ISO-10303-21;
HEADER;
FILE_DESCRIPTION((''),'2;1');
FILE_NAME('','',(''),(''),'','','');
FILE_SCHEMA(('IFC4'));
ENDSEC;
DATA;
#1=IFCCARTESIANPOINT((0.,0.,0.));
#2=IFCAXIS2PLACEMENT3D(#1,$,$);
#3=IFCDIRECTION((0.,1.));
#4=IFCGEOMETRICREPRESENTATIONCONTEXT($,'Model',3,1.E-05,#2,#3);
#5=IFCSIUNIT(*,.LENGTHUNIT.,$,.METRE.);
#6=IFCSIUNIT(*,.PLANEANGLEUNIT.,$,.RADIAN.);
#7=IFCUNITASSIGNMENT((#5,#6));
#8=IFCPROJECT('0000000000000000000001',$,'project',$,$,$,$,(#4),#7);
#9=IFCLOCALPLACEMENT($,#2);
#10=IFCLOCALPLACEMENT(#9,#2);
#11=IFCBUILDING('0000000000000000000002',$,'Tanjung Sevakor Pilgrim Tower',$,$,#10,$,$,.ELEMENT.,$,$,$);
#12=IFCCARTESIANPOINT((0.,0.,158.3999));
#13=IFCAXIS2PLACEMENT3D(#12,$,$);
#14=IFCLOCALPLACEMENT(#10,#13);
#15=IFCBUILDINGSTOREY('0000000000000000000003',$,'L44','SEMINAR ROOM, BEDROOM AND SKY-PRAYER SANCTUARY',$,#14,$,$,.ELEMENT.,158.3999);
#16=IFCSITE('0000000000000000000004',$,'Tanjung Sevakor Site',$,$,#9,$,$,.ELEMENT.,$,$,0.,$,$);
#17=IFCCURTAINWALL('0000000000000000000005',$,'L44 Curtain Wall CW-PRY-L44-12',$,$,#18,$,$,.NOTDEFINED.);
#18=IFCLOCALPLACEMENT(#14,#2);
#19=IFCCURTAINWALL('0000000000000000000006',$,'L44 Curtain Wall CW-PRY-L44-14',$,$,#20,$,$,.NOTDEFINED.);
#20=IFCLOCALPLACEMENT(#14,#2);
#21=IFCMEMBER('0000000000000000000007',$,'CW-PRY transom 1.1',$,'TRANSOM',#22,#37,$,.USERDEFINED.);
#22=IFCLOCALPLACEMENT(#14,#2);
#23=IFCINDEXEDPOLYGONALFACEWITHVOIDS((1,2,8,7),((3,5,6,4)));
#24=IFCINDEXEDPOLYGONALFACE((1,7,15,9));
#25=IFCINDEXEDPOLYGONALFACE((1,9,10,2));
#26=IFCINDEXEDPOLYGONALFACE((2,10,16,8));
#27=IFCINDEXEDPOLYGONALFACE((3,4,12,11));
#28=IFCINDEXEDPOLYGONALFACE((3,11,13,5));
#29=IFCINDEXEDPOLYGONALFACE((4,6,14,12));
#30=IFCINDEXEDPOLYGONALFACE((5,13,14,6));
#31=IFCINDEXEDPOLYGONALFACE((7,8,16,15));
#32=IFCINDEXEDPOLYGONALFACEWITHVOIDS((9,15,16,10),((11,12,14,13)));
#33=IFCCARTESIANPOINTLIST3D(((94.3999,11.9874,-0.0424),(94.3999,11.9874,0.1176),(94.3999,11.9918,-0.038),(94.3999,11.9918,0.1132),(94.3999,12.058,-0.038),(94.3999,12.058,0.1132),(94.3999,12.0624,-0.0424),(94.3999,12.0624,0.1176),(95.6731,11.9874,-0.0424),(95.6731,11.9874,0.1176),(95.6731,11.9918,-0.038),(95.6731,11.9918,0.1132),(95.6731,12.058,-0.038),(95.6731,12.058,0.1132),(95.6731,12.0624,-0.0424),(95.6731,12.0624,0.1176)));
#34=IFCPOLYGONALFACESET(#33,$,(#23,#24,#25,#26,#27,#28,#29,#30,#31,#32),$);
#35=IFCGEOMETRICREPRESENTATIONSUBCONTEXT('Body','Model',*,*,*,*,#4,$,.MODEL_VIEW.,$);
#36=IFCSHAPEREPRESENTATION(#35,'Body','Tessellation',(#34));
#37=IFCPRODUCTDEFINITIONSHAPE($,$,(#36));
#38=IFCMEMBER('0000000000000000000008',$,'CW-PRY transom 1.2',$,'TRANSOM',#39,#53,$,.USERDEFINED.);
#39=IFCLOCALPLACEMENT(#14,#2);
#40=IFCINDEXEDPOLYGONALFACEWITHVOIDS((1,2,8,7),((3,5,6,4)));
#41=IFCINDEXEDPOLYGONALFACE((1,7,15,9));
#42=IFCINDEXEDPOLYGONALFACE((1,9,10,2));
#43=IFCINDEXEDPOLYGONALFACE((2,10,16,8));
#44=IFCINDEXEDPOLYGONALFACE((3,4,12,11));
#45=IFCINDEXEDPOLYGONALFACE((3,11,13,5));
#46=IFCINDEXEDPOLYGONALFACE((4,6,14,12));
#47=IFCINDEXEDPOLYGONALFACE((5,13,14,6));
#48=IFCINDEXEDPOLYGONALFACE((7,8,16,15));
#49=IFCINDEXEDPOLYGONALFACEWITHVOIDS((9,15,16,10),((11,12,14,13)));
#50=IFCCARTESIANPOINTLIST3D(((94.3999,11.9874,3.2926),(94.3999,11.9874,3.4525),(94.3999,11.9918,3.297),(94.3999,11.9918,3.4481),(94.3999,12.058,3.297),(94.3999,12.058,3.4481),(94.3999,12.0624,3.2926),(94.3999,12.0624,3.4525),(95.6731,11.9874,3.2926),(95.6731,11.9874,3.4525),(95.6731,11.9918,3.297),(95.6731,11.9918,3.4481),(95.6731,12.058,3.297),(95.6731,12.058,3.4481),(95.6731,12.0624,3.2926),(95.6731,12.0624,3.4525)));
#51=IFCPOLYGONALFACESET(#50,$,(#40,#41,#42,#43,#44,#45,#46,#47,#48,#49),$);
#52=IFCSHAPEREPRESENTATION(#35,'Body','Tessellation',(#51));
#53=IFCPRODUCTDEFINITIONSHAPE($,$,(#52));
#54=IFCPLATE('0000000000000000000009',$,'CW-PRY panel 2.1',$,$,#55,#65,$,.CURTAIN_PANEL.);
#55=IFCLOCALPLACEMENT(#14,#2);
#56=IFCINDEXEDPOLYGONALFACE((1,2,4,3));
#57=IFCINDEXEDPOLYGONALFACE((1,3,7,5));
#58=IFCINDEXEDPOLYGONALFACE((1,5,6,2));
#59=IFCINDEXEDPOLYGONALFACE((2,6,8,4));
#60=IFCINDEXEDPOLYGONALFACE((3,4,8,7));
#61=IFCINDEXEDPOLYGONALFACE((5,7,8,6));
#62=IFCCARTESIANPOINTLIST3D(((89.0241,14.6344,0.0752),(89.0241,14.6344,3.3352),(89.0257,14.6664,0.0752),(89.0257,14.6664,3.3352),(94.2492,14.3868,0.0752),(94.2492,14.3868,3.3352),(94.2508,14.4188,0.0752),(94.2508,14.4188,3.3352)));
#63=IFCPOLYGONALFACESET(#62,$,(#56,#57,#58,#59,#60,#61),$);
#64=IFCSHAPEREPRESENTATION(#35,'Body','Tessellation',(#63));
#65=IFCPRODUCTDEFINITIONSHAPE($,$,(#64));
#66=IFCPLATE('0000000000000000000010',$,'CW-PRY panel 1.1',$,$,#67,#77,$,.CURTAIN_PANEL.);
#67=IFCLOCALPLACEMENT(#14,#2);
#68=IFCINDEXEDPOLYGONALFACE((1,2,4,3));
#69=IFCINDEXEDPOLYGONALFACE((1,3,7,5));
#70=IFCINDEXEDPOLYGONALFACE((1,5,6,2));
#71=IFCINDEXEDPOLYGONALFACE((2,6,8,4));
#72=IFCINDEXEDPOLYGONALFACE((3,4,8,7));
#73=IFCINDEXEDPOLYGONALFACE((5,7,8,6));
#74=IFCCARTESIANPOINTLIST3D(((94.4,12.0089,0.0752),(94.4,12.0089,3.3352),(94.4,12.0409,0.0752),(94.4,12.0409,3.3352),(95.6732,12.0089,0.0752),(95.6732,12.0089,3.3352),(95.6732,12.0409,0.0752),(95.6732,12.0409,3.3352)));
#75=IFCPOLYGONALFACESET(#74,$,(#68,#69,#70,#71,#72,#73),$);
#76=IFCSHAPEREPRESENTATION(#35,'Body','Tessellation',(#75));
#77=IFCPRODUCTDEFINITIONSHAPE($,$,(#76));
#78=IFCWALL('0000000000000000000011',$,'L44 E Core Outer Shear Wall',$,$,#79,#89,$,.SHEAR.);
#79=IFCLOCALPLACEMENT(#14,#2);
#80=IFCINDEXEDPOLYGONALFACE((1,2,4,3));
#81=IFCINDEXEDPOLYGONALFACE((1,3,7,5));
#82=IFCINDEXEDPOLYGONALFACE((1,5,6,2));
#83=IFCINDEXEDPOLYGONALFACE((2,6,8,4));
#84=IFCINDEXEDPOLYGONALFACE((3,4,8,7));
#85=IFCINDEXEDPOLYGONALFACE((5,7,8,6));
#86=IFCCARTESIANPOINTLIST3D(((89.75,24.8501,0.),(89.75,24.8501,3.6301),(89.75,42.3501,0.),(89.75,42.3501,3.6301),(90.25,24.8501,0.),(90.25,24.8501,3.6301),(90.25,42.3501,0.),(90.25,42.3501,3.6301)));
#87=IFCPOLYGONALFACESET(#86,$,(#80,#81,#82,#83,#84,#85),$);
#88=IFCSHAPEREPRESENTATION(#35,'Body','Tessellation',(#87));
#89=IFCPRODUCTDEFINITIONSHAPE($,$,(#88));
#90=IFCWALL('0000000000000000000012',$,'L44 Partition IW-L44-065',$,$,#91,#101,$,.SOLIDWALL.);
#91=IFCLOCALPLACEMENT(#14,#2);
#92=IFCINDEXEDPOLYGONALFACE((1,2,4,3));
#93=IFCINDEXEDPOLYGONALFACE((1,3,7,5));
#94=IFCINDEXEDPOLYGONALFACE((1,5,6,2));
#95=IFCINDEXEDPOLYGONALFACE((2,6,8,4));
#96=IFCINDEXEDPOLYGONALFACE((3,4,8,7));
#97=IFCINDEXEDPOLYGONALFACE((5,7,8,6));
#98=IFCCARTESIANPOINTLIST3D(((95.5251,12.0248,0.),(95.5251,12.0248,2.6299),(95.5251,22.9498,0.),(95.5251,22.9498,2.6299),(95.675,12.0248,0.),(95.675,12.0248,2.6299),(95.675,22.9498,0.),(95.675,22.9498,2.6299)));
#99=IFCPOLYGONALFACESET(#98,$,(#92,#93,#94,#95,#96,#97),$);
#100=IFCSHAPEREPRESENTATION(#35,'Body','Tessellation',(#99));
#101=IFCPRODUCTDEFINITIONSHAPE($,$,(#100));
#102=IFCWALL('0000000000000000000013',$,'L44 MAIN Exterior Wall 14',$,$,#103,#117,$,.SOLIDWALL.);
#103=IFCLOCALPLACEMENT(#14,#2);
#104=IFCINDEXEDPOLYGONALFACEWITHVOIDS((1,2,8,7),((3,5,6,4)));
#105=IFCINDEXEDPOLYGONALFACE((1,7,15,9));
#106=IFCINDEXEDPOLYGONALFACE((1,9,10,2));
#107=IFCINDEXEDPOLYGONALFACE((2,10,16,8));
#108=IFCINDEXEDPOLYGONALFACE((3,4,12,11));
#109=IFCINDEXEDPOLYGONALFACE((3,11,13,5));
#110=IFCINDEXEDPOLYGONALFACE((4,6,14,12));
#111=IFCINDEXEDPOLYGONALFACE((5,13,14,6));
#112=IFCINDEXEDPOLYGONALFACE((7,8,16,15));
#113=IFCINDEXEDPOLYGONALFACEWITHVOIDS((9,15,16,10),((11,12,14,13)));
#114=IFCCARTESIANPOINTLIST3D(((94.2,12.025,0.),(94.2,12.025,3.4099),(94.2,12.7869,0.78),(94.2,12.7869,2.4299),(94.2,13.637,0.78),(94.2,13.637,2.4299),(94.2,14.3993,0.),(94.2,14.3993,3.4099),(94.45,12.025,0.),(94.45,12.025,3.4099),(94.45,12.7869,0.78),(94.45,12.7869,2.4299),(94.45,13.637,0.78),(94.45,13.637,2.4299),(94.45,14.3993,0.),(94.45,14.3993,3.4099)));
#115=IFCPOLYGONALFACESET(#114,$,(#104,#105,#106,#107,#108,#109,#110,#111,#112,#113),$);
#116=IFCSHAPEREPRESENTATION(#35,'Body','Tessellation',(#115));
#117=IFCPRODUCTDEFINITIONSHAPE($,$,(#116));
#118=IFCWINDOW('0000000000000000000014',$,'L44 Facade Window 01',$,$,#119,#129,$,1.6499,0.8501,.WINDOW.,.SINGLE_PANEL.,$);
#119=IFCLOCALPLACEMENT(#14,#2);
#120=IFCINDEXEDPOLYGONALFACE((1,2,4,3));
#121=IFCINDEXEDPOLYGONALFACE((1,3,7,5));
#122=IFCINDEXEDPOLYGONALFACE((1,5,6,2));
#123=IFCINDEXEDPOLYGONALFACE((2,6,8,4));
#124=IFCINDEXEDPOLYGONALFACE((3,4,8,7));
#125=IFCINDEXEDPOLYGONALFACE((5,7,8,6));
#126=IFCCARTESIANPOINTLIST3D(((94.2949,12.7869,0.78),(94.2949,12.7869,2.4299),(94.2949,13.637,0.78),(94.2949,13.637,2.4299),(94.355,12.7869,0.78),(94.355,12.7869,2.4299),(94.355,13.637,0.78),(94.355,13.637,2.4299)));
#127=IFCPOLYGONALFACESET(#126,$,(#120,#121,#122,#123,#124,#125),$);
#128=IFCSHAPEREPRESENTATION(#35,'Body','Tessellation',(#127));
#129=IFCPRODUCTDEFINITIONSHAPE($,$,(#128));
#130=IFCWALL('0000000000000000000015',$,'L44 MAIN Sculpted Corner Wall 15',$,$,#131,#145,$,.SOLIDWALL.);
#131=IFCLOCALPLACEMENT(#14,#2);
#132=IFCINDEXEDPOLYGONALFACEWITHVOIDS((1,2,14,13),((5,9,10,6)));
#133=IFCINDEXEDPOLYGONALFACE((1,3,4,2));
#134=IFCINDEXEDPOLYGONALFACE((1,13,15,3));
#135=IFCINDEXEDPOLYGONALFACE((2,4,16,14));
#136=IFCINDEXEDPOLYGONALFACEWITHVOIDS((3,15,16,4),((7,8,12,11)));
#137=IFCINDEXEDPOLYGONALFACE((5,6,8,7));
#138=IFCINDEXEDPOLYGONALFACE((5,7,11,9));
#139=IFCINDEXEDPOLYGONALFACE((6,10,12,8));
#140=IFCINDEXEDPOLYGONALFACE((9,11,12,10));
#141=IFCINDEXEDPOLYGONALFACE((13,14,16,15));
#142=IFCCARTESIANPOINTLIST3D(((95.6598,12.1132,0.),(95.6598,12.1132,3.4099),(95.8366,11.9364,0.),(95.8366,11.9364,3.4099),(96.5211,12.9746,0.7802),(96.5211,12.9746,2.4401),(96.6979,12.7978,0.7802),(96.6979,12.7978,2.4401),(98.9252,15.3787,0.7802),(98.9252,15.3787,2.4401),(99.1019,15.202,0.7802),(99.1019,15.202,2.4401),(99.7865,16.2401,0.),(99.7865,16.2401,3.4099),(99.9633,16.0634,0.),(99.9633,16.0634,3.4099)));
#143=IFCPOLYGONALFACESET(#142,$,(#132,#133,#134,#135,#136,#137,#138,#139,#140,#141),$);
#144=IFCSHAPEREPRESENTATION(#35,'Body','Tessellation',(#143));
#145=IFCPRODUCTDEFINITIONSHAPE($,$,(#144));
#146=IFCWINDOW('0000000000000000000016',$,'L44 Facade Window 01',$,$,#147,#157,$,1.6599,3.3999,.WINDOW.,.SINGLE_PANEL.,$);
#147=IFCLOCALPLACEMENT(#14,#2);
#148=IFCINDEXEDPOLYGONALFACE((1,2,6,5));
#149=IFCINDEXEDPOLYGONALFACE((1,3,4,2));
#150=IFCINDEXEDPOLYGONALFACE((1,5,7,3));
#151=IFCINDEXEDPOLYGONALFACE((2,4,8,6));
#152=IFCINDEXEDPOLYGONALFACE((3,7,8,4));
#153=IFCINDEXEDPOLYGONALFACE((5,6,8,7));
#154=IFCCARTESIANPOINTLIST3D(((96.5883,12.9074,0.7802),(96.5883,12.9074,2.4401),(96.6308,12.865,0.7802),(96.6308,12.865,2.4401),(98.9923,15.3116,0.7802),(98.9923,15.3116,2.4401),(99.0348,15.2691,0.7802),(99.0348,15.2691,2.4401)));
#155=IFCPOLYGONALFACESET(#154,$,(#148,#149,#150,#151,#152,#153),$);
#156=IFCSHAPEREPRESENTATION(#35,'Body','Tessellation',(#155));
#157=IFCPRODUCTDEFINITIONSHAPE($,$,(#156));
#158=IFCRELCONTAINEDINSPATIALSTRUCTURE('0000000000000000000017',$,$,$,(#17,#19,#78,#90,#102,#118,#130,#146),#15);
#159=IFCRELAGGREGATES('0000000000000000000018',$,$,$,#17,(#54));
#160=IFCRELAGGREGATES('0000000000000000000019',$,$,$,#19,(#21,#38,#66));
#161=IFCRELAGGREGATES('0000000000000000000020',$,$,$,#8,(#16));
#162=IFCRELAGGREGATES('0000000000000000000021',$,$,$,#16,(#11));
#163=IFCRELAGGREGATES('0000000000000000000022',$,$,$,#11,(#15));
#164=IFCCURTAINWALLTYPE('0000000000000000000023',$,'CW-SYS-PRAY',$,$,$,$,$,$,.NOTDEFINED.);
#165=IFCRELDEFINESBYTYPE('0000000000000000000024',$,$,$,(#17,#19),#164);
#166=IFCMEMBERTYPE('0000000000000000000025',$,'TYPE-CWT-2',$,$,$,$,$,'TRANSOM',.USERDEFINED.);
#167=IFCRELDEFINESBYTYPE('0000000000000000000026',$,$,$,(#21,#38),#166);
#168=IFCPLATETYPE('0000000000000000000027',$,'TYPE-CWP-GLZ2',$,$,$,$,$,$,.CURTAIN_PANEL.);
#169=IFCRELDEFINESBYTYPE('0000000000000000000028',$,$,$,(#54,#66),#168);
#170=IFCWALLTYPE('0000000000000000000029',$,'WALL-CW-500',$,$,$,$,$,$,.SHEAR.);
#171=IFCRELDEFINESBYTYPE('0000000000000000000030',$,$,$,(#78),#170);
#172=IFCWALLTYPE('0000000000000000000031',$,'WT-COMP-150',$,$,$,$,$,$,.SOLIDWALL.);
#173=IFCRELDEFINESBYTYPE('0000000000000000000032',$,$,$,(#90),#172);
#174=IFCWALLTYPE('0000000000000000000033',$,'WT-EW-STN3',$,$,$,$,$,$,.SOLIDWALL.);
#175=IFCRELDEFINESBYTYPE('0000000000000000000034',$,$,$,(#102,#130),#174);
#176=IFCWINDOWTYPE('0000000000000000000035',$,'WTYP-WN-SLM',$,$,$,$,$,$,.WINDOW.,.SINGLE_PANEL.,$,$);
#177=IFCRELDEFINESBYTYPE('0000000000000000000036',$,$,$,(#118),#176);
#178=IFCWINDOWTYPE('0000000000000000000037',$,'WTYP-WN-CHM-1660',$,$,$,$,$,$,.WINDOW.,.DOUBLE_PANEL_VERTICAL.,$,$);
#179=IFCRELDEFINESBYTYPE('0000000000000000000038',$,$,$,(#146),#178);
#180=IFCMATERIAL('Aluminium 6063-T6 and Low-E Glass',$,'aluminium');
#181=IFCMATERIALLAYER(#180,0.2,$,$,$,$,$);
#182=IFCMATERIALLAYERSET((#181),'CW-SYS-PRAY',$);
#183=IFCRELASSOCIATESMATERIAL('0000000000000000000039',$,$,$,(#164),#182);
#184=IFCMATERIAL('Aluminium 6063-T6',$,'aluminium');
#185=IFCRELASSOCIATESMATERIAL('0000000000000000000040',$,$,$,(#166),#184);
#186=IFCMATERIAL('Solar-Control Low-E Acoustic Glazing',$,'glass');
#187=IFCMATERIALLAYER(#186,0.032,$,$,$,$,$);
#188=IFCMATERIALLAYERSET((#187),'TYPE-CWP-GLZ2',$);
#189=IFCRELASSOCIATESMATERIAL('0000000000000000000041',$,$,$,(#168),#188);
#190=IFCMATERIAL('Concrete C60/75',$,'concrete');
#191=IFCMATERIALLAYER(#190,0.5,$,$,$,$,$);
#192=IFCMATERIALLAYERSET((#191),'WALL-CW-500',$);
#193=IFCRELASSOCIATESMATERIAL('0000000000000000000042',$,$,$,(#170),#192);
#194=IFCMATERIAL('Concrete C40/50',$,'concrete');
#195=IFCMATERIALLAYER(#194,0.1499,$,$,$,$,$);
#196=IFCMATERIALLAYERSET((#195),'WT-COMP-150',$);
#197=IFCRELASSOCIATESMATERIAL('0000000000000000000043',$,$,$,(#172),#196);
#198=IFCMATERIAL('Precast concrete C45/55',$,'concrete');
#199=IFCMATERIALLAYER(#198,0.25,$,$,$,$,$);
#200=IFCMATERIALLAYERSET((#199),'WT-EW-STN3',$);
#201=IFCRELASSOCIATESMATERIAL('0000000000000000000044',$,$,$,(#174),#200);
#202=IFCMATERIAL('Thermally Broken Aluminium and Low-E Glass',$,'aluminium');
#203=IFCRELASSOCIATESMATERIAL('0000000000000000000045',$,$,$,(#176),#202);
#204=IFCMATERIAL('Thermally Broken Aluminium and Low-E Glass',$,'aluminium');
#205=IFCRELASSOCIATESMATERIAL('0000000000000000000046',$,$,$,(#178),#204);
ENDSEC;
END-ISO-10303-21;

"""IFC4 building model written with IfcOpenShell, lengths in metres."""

from ifc_helpers import new_model, si_unit, direction, frame, frame_2d, origin, origin_2d, place, context, subcontext, project, spatial, rectangle, hollow_rectangle, extrude, material, layer, layer_set, material_profile, profile_set, type_object, element, fill, aggregate, save


model = new_model("IFC4")

# Units and contexts
model_context = context("Model", 3, precision=1e-05, world=origin(), true_north=direction((0.0, 1.0)))
body_context = subcontext(model_context, "Body", "Model", "MODEL_VIEW")
ifc_project = project(units=[si_unit("LENGTHUNIT", "METRE"), si_unit("PLANEANGLEUNIT", "RADIAN")], contexts=[model_context])

# Site, building, storey
site_placement = place(None, origin())
site = spatial("IfcSite", under=ifc_project, at=site_placement, Name="Tanjung Sevakor Site", CompositionType="ELEMENT", RefElevation=0.0)
building_placement = place(site_placement, origin())
building = spatial("IfcBuilding", under=site, at=building_placement, Name="Tanjung Sevakor Pilgrim Tower", CompositionType="ELEMENT")
storey_placement = place(building_placement, frame((0.0, 0.0, 158.3999)))
storey = spatial("IfcBuildingStorey", under=building, at=storey_placement, Name="L44", Description="SEMINAR ROOM, BEDROOM AND SKY-PRAYER SANCTUARY", CompositionType="ELEMENT", Elevation=158.3999)

# Curtain walls
ifc_material_1 = material(Name="Aluminium 6063-T6 and Low-E Glass", Category="aluminium")
ifc_layer_1 = layer(ifc_material_1, 0.2)
ifc_layer_set_1 = layer_set([ifc_layer_1], Name="CW-SYS-PRAY")
curtain_wall_type = type_object("IfcCurtainWallType", Name="CW-SYS-PRAY", PredefinedType="NOTDEFINED", material=ifc_layer_set_1)
curtain_wall_1_placement = place(storey_placement, origin())
curtain_wall_1 = element("IfcCurtainWall", 1, at=curtain_wall_1_placement, inside=storey, type_object=curtain_wall_type, Name="L44 Curtain Wall CW-PRY-L44-12", PredefinedType="NOTDEFINED")
curtain_wall_2_placement = place(storey_placement, origin())
curtain_wall_2 = element("IfcCurtainWall", 2, at=curtain_wall_2_placement, inside=storey, type_object=curtain_wall_type, Name="L44 Curtain Wall CW-PRY-L44-14", PredefinedType="NOTDEFINED")

# Members
ifc_material_2 = material(Name="Aluminium 6063-T6", Category="aluminium")
ifc_material_profile_1 = material_profile(ifc_material_2, hollow_rectangle(XDim=0.075, YDim=0.1599, WallThickness=0.0044, at=origin_2d()))
ifc_profile_set_1 = profile_set([ifc_material_profile_1], Name="Aluminium 6063-T6")
member_type_1 = type_object("IfcMemberType", Name="TYPE-CWT-2", ElementType="TRANSOM", PredefinedType="USERDEFINED", material=ifc_profile_set_1)
member_1_placement = place(storey_placement, frame((94.3999, 12.0249, 0.0376), z_axis=(1.0, 0.0, 0.0), x_axis=(0.0, 1.0, 0.0)))
member_1 = element("IfcMember", 3, at=member_1_placement, type_object=member_type_1, Name="CW-PRY transom 1.1", ObjectType="TRANSOM", PredefinedType="USERDEFINED", context=body_context, shape_type="SweptSolid", body=[
    extrude(hollow_rectangle(XDim=0.075, YDim=0.1599, WallThickness=0.0044, at=origin_2d()), origin(), (0.0, 0.0, 1.0), 1.2732),
])
member_2_placement = place(storey_placement, frame((94.3999, 12.0249, 3.3726), z_axis=(1.0, 0.0, 0.0), x_axis=(0.0, 1.0, 0.0)))
member_2 = element("IfcMember", 4, at=member_2_placement, type_object=member_type_1, Name="CW-PRY transom 1.2", ObjectType="TRANSOM", PredefinedType="USERDEFINED", context=body_context, shape_type="SweptSolid", body=[
    extrude(hollow_rectangle(XDim=0.075, YDim=0.1599, WallThickness=0.0044, at=origin_2d()), origin(), (0.0, 0.0, 1.0), 1.2732),
])

# Plates
ifc_material_3 = material(Name="Solar-Control Low-E Acoustic Glazing", Category="glass")
ifc_layer_2 = layer(ifc_material_3, 0.032)
ifc_layer_set_2 = layer_set([ifc_layer_2], Name="TYPE-CWP-GLZ2")
plate_type = type_object("IfcPlateType", Name="TYPE-CWP-GLZ2", PredefinedType="CURTAIN_PANEL", material=ifc_layer_set_2)
plate_1_placement = place(storey_placement, frame((91.6375, 14.5266, 0.0752), z_axis=(0.0, 0.0, 1.0), x_axis=(0.998879, -0.047338, 0.0)))
plate_1 = element("IfcPlate", 5, at=plate_1_placement, type_object=plate_type, Name="CW-PRY panel 2.1", PredefinedType="CURTAIN_PANEL", context=body_context, shape_type="SweptSolid", body=[
    extrude(rectangle(XDim=5.231, YDim=0.032, at=origin_2d()), origin(), (0.0, 0.0, 1.0), 3.26),
])
aggregate(curtain_wall_1, [plate_1])
plate_2_placement = place(storey_placement, frame((95.0366, 12.0249, 0.0752), z_axis=(0.0, 0.0, 1.0), x_axis=(1.0, 0.0, 0.0)))
plate_2 = element("IfcPlate", 6, at=plate_2_placement, type_object=plate_type, Name="CW-PRY panel 1.1", PredefinedType="CURTAIN_PANEL", context=body_context, shape_type="SweptSolid", body=[
    extrude(rectangle(XDim=1.2732, YDim=0.032, at=origin_2d()), origin(), (0.0, 0.0, 1.0), 3.26),
])
aggregate(curtain_wall_2, [member_1, member_2, plate_2])

# Walls
ifc_material_4 = material(Name="Concrete C60/75", Category="concrete")
ifc_layer_3 = layer(ifc_material_4, 0.5)
ifc_layer_set_3 = layer_set([ifc_layer_3], Name="WALL-CW-500")
wall_type_1 = type_object("IfcWallType", Name="WALL-CW-500", PredefinedType="SHEAR", material=ifc_layer_set_3)
wall_1_placement = place(storey_placement, frame((90.0, 24.8501, 0.0), z_axis=(0.0, 0.0, 1.0), x_axis=(0.0, 1.0, 0.0)))
element("IfcWall", 7, at=wall_1_placement, inside=storey, type_object=wall_type_1, Name="L44 E Core Outer Shear Wall", PredefinedType="SHEAR", context=body_context, shape_type="SweptSolid", body=[
    extrude(rectangle(XDim=17.5, YDim=0.5, at=frame_2d((8.75, 0.0))), origin(), (0.0, 0.0, 1.0), 3.6301),
])
ifc_material_5 = material(Name="Concrete C40/50", Category="concrete")
ifc_layer_4 = layer(ifc_material_5, 0.1499)
ifc_layer_set_4 = layer_set([ifc_layer_4], Name="WT-COMP-150")
wall_type_2 = type_object("IfcWallType", Name="WT-COMP-150", PredefinedType="SOLIDWALL", material=ifc_layer_set_4)
wall_2_placement = place(storey_placement, frame((95.6001, 12.0249, 0.0), z_axis=(0.0, 0.0, 1.0), x_axis=(0.0, 1.0, 0.0)))
element("IfcWall", 8, at=wall_2_placement, inside=storey, type_object=wall_type_2, Name="L44 Partition IW-L44-065", PredefinedType="SOLIDWALL", context=body_context, shape_type="SweptSolid", body=[
    extrude(rectangle(XDim=10.925, YDim=0.1499, at=frame_2d((5.4624, 0.0))), origin(), (0.0, 0.0, 1.0), 2.6299),
])

# Walls, openings, windows
ifc_material_6 = material(Name="Precast concrete C45/55", Category="concrete")
ifc_layer_5 = layer(ifc_material_6, 0.25)
ifc_layer_set_5 = layer_set([ifc_layer_5], Name="WT-EW-STN3")
wall_type_3 = type_object("IfcWallType", Name="WT-EW-STN3", PredefinedType="SOLIDWALL", material=ifc_layer_set_5)
wall_3_placement = place(storey_placement, frame((94.325, 14.3992, 0.0), z_axis=(0.0, 0.0, 1.0), x_axis=(0.0, -1.0, 0.0)))
wall_3 = element("IfcWall", 9, at=wall_3_placement, inside=storey, type_object=wall_type_3, Name="L44 MAIN Exterior Wall 14", PredefinedType="SOLIDWALL", context=body_context, shape_type="SweptSolid", body=[
    extrude(rectangle(XDim=2.3743, YDim=0.25, at=frame_2d((1.187, 0.0))), origin(), (0.0, 0.0, 1.0), 3.4099),
])
opening_1_placement = place(wall_3_placement, frame((0.7622, 0.0, 0.78)))
opening_1 = element("IfcOpeningElement", 10, at=opening_1_placement, cuts=wall_3, PredefinedType="OPENING", context=body_context, shape_type="SweptSolid", body=[
    extrude(rectangle(XDim=0.8501, YDim=1.6499, at=frame_2d((0.425, 0.825))), frame((0.0, 0.135, 0.0), z_axis=(0.0, -1.0, 0.0), x_axis=(1.0, 0.0, 0.0)), (0.0, 0.0, 1.0), 0.27),
])
ifc_material_7 = material(Name="Thermally Broken Aluminium and Low-E Glass", Category="aluminium")
window_type_1 = type_object("IfcWindowType", Name="WTYP-WN-SLM", PartitioningType="SINGLE_PANEL", PredefinedType="WINDOW", material=ifc_material_7)
window_1_placement = place(opening_1_placement, origin())
window_1 = element("IfcWindow", 11, at=window_1_placement, inside=storey, type_object=window_type_1, Name="L44 Facade Window 01", OverallHeight=1.6499, OverallWidth=0.8501, PartitioningType="SINGLE_PANEL", PredefinedType="WINDOW", context=body_context, shape_type="SweptSolid", body=[
    extrude(rectangle(XDim=0.8501, YDim=1.6499, at=frame_2d((0.425, 0.825))), frame((0.0, 0.03, 0.0), z_axis=(0.0, -1.0, 0.0), x_axis=(1.0, 0.0, 0.0)), (0.0, 0.0, 1.0), 0.0601),
])
fill(opening_1, window_1)
wall_4_placement = place(storey_placement, frame((95.7483, 12.0249, 0.0), z_axis=(0.0, 0.0, 1.0), x_axis=(0.707086, 0.707128, 0.0)))
wall_4 = element("IfcWall", 12, at=wall_4_placement, inside=storey, type_object=wall_type_3, Name="L44 MAIN Sculpted Corner Wall 15", PredefinedType="SOLIDWALL", context=body_context, shape_type="SweptSolid", body=[
    extrude(rectangle(XDim=5.8362, YDim=0.25, at=frame_2d((2.918, 0.0))), origin(), (0.0, 0.0, 1.0), 3.4099),
])
opening_2_placement = place(wall_4_placement, frame((1.218, 0.0, 0.78)))
opening_2 = element("IfcOpeningElement", 13, at=opening_2_placement, cuts=wall_4, PredefinedType="OPENING", context=body_context, shape_type="SweptSolid", body=[
    extrude(rectangle(XDim=3.3999, YDim=1.6599, at=frame_2d((1.7, 0.8301))), frame((0.0, 0.135, 0.0), z_axis=(0.0, -1.0, 0.0), x_axis=(1.0, 0.0, 0.0)), (0.0, 0.0, 1.0), 0.27),
])
ifc_material_8 = material(Name="Thermally Broken Aluminium and Low-E Glass", Category="aluminium")
window_type_2 = type_object("IfcWindowType", Name="WTYP-WN-CHM-1660", PartitioningType="DOUBLE_PANEL_VERTICAL", PredefinedType="WINDOW", material=ifc_material_8)
window_2_placement = place(opening_2_placement, origin())
window_2 = element("IfcWindow", 14, at=window_2_placement, inside=storey, type_object=window_type_2, Name="L44 Facade Window 01", OverallHeight=1.6599, OverallWidth=3.3999, PartitioningType="SINGLE_PANEL", PredefinedType="WINDOW", context=body_context, shape_type="SweptSolid", body=[
    extrude(rectangle(XDim=3.3999, YDim=1.6599, at=frame_2d((1.7, 0.8301))), frame((0.0, 0.03, 0.0), z_axis=(0.0, -1.0, 0.0), x_axis=(1.0, 0.0, 0.0)), (0.0, 0.0, 1.0), 0.0601),
])
fill(opening_2, window_2)

save(model, "model.ifc")
